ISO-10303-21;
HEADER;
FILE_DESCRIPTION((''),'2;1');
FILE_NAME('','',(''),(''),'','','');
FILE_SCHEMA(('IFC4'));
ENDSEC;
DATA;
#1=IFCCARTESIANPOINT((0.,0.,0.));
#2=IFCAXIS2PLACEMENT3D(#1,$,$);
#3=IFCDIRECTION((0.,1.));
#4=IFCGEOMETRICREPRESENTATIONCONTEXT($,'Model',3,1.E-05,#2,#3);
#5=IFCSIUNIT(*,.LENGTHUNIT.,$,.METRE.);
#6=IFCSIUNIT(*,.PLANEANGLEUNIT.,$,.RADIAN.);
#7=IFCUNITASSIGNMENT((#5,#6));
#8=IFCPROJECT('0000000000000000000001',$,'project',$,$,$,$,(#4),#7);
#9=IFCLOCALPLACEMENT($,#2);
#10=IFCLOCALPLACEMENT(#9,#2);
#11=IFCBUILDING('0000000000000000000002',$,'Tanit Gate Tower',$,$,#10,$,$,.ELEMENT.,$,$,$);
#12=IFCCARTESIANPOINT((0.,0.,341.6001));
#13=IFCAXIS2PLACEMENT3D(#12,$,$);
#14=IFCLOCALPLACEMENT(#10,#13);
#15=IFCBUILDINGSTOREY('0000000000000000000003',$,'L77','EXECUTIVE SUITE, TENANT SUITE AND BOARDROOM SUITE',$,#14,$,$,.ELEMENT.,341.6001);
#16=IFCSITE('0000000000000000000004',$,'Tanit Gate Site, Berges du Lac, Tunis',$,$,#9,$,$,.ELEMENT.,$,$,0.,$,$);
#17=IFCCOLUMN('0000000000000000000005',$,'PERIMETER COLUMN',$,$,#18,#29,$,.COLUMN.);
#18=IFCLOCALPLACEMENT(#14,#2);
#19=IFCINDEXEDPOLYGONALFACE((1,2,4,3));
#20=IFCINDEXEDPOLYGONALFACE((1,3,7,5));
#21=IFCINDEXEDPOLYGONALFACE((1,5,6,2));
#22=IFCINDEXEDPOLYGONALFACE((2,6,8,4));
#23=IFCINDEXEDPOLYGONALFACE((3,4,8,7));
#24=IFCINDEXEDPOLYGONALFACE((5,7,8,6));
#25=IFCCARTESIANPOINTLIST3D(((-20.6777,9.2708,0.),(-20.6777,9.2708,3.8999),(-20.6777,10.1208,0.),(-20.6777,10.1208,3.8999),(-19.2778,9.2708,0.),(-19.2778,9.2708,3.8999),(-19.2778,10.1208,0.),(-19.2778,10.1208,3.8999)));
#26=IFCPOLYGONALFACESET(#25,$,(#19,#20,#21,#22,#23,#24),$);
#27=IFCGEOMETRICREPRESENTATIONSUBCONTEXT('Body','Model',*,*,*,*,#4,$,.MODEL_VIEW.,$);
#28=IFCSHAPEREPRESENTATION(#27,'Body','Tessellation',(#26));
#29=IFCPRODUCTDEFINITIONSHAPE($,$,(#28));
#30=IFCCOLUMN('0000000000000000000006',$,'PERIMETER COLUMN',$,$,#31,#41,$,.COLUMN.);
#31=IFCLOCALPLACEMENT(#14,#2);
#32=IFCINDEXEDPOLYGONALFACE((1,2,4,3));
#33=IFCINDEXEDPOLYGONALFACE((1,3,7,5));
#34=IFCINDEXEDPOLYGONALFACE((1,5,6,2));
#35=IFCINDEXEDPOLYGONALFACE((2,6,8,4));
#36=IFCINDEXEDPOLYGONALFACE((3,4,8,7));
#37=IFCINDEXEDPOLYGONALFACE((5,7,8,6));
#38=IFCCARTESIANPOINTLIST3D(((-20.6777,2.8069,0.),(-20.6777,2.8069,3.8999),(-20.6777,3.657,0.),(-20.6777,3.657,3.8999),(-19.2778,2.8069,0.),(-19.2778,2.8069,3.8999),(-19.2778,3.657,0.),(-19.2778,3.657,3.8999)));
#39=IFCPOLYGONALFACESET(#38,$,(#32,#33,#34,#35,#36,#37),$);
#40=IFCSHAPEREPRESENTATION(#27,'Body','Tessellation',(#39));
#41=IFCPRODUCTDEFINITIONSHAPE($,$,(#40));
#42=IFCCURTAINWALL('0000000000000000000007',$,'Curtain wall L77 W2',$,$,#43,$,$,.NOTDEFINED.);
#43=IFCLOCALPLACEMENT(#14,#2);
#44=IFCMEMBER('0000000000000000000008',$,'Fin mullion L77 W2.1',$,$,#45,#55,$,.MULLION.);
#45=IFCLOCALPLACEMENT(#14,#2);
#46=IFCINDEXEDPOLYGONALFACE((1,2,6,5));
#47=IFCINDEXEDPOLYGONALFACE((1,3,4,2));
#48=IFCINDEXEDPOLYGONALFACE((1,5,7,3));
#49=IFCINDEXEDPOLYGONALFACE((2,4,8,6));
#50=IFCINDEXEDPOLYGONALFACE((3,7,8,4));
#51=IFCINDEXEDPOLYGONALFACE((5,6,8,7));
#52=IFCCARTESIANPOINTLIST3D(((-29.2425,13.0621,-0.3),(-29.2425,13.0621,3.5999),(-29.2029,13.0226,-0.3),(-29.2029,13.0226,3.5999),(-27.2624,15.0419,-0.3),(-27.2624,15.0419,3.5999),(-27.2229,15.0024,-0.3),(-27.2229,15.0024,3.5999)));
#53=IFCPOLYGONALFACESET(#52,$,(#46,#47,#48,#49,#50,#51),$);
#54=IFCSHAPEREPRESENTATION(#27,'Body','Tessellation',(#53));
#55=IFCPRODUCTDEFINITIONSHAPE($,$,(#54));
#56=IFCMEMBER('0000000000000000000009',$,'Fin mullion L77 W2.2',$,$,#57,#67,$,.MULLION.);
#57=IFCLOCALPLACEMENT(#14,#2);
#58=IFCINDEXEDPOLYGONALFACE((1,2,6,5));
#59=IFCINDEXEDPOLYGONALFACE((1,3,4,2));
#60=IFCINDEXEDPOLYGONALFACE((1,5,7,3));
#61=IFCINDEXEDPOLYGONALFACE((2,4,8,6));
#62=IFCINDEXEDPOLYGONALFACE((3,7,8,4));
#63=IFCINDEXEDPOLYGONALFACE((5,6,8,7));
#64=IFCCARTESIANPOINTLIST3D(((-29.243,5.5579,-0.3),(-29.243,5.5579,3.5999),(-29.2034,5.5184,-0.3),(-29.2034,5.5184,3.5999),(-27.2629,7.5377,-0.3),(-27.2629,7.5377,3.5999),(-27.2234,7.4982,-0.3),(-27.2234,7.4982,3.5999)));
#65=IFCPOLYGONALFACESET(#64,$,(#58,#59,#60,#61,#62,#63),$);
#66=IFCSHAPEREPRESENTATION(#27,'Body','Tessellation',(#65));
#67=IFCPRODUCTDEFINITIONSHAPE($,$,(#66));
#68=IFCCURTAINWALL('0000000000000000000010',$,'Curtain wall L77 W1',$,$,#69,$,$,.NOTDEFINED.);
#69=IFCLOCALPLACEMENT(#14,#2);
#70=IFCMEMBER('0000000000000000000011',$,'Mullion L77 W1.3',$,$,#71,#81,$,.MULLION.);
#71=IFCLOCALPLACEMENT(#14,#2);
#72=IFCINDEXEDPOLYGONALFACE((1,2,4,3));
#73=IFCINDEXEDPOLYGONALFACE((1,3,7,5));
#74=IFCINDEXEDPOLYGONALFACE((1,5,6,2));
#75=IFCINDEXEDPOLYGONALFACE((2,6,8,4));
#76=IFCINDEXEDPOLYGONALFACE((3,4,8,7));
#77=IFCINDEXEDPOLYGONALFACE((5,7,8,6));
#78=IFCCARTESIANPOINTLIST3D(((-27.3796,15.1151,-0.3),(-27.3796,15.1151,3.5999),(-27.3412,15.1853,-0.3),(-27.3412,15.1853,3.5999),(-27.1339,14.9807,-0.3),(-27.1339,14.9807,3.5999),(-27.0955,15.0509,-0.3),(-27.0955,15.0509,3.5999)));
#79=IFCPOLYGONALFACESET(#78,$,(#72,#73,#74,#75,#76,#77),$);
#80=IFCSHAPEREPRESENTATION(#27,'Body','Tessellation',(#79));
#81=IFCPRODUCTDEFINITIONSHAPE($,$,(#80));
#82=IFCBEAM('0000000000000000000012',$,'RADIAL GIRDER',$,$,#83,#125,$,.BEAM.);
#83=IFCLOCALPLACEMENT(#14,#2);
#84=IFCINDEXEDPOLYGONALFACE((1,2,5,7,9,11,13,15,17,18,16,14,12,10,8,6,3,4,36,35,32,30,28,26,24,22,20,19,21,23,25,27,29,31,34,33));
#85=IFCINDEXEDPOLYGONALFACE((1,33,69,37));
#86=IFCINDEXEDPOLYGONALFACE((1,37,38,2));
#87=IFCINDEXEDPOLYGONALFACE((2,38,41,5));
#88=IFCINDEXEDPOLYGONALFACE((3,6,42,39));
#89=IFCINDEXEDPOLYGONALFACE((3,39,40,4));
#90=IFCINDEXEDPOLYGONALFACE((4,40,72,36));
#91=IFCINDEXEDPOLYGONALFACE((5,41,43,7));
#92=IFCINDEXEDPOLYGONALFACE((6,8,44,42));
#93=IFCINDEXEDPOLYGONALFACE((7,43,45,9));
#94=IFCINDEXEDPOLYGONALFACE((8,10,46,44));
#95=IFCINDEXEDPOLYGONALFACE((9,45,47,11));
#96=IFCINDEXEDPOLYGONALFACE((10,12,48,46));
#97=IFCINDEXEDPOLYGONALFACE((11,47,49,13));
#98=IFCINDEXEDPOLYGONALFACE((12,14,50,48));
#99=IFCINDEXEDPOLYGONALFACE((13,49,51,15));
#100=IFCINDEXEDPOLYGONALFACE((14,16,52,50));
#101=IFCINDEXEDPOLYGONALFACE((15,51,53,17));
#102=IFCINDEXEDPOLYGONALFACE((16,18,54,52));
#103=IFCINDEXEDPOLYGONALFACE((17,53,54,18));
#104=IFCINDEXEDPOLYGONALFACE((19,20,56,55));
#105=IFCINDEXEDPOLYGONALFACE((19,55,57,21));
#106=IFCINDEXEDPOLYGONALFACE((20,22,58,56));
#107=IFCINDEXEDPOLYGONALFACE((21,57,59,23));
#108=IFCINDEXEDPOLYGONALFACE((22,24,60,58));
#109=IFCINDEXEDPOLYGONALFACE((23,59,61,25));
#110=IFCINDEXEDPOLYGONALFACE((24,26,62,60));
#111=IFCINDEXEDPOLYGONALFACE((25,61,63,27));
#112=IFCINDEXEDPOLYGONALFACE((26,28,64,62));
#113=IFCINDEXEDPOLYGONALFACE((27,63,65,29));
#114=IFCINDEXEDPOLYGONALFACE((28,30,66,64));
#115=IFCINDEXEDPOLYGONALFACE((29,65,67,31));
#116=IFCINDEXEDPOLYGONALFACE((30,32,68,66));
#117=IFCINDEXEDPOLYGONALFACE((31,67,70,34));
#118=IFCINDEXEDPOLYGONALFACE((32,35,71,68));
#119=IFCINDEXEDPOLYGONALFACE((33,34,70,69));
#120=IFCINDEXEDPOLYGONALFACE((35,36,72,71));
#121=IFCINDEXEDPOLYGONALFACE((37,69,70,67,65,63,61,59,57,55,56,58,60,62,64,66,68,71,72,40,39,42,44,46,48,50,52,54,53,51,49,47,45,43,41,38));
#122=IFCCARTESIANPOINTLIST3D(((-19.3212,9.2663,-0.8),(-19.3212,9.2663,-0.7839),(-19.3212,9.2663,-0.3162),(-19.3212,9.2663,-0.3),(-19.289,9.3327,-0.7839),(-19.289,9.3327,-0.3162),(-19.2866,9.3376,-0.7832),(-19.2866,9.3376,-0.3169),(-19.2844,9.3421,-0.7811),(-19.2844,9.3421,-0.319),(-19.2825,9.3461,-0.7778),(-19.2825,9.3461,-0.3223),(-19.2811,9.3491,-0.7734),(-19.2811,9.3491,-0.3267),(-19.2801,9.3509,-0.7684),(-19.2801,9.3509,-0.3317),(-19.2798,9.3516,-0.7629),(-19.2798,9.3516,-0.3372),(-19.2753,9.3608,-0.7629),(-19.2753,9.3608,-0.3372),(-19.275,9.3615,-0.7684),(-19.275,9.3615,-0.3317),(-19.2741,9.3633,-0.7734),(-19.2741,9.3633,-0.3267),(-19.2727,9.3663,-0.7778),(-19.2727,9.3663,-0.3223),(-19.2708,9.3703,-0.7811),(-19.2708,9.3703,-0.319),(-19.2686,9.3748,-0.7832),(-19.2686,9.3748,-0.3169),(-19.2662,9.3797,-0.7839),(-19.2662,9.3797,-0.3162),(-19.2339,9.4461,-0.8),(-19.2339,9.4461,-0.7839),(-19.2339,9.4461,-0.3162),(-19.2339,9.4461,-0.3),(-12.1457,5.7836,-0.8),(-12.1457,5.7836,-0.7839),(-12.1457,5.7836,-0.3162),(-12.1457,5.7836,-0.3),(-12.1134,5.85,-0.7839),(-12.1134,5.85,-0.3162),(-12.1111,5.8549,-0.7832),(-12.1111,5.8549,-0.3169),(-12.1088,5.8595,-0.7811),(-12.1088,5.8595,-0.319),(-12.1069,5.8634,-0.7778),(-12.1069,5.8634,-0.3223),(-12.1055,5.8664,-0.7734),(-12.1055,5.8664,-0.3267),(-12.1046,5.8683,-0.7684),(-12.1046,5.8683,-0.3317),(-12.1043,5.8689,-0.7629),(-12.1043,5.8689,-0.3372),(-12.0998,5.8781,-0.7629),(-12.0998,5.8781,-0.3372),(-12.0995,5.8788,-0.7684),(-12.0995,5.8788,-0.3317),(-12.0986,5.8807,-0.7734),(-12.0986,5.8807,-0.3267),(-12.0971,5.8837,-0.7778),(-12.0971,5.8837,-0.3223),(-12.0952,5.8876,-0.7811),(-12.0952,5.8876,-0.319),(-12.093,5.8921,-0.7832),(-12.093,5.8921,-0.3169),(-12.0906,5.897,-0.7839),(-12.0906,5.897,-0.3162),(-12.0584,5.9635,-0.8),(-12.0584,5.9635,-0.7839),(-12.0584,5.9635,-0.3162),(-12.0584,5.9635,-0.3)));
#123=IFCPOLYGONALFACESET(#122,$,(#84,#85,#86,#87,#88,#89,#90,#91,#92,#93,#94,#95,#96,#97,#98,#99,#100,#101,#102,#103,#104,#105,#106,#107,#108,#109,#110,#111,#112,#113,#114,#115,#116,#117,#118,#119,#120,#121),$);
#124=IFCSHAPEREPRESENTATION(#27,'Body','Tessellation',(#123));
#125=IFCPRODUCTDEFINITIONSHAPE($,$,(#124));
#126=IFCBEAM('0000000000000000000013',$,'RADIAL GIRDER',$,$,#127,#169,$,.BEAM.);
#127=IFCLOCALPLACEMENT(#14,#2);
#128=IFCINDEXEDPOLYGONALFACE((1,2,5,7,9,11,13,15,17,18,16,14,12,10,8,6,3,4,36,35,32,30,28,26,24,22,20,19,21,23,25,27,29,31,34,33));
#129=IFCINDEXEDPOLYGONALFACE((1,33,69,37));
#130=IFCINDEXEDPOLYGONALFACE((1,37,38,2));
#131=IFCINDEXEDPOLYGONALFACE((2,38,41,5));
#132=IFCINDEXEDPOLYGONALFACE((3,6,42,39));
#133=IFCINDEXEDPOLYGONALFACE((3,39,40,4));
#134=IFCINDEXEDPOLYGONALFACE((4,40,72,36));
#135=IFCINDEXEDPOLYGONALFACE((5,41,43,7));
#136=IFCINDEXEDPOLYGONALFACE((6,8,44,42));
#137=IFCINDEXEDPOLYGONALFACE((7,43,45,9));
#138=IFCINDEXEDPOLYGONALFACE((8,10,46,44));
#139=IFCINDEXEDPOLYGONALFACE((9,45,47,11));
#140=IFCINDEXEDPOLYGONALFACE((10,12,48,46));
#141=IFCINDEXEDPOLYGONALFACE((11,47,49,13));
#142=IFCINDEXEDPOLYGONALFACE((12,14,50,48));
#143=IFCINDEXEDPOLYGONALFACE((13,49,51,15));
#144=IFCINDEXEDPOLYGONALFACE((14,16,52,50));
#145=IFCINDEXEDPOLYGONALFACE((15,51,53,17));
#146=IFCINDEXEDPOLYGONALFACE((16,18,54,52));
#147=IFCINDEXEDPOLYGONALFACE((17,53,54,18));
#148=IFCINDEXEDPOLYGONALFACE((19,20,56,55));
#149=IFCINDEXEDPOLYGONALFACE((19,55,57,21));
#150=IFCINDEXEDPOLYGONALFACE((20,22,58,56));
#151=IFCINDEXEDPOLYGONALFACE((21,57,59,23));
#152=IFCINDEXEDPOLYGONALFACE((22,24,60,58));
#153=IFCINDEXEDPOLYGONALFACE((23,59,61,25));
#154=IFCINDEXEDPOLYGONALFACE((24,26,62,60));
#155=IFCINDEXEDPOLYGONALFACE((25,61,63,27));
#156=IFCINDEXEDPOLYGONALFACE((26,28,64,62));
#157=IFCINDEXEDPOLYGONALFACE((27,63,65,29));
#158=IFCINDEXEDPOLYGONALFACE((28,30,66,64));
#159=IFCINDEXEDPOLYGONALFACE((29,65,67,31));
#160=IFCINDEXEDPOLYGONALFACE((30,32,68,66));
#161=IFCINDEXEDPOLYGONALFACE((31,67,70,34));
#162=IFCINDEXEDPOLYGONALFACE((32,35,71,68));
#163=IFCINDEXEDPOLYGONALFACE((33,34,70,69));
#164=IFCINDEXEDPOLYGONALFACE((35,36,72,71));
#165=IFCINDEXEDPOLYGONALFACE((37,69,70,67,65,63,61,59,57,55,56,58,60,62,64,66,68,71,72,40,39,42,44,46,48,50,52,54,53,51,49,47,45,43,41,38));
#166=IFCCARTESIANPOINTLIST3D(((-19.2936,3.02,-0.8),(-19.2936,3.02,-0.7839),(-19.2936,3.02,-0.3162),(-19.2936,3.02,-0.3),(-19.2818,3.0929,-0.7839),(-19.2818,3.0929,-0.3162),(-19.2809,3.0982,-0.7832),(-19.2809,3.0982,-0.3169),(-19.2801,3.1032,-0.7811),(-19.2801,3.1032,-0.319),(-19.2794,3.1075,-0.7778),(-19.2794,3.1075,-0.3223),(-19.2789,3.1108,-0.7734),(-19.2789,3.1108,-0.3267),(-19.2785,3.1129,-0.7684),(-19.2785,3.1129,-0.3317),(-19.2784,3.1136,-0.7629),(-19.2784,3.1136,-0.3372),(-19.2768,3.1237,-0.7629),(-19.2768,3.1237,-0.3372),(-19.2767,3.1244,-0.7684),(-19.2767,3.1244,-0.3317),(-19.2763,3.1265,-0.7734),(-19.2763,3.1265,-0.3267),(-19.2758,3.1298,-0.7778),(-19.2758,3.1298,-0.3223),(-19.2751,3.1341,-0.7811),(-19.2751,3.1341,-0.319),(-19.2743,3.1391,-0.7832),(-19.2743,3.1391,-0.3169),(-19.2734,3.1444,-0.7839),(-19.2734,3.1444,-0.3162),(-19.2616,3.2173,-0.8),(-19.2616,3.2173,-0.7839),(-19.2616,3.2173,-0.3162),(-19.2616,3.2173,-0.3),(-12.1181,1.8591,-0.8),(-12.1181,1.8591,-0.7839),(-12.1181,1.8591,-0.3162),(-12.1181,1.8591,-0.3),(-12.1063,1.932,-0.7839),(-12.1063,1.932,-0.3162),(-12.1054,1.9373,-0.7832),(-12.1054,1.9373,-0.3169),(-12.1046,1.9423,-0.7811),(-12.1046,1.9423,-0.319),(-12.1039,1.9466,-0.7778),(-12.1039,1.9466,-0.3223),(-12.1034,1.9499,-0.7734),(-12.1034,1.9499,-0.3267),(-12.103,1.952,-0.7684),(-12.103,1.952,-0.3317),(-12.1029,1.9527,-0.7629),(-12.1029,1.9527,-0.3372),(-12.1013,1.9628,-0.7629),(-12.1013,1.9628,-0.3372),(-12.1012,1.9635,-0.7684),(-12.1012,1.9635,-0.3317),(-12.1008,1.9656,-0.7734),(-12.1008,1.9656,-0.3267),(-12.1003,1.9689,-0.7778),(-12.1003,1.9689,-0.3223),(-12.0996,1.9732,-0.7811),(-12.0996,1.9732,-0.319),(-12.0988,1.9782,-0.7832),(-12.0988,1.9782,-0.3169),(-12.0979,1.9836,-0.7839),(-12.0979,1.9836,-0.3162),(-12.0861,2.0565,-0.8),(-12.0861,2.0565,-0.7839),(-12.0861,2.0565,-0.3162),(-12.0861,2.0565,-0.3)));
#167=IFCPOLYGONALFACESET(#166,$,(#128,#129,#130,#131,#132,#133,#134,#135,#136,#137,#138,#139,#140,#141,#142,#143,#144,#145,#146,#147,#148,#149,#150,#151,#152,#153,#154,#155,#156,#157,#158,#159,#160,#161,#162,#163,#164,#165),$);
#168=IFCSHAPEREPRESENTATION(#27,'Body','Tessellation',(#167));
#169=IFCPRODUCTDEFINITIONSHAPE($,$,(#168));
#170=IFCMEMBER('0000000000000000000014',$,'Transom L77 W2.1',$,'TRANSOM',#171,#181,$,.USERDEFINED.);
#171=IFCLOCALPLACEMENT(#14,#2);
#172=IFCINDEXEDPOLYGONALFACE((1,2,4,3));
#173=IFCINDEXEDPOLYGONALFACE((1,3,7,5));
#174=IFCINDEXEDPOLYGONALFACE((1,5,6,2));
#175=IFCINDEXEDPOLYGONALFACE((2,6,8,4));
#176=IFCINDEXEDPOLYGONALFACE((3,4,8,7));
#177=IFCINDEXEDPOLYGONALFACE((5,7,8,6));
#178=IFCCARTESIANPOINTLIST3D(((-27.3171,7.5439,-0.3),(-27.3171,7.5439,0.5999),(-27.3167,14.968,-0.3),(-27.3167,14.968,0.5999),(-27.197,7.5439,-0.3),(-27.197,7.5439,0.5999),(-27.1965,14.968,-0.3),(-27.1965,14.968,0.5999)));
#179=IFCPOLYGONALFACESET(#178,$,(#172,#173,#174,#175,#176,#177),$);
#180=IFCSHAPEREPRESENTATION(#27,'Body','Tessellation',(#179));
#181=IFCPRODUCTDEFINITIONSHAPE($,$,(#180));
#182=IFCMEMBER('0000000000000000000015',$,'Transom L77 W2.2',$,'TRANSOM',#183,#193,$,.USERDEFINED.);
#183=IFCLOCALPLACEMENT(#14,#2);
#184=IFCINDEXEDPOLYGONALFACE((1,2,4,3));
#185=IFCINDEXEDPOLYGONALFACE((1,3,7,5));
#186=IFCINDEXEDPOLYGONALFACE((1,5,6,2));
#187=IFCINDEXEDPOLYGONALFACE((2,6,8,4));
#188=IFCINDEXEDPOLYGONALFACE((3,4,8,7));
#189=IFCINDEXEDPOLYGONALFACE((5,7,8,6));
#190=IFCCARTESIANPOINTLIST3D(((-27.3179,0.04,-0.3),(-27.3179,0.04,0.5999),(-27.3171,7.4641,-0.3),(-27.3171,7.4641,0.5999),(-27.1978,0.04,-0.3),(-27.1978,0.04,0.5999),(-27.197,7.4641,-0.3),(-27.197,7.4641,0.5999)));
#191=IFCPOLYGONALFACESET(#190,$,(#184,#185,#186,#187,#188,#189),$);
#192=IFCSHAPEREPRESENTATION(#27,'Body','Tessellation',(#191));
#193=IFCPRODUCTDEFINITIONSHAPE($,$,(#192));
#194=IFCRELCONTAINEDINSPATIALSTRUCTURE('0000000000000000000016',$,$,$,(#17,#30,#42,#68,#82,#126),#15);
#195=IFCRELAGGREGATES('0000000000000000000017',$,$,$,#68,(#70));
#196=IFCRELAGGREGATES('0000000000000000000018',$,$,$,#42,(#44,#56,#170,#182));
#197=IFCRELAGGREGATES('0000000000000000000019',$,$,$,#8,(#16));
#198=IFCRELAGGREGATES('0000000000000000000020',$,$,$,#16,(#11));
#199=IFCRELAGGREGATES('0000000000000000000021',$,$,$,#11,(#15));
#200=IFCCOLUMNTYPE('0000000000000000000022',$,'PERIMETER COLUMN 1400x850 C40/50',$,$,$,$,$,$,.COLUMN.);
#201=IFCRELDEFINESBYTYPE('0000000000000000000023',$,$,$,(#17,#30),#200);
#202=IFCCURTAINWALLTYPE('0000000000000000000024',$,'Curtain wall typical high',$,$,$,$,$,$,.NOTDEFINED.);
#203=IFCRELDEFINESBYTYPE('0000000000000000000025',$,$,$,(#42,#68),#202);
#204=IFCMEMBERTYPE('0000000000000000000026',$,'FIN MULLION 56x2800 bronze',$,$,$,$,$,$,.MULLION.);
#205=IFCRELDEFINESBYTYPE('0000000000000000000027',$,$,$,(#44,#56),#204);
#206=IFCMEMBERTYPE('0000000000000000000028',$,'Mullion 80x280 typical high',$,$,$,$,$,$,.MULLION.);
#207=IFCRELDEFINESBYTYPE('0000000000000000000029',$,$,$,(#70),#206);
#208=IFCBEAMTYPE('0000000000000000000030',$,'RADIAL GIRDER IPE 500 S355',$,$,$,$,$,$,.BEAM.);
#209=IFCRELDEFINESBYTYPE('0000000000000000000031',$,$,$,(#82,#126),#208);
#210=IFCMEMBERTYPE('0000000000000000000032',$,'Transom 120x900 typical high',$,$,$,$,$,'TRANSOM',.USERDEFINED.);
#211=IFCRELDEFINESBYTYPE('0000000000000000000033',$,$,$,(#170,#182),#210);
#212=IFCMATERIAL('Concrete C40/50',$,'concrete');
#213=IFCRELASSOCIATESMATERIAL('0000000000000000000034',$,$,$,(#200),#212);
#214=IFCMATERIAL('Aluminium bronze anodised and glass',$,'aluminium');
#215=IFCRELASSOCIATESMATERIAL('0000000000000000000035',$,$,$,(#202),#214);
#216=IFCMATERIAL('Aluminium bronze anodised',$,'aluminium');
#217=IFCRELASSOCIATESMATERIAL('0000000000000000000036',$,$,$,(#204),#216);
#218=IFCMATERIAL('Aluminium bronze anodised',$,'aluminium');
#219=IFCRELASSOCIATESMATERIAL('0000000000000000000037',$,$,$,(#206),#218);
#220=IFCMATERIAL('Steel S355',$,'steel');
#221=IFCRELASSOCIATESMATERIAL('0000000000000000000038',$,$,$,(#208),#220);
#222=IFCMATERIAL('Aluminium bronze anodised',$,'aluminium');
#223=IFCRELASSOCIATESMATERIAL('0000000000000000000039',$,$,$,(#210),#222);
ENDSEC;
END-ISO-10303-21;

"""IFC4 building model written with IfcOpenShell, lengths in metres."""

from ifc_helpers import new_model, si_unit, direction, frame, origin, origin_2d, place, context, subcontext, project, spatial, rectangle, i_section, extrude, material, material_profile, profile_set, type_object, element, aggregate, save


model = new_model("IFC4")

# Units and contexts
model_context = context("Model", 3, precision=1e-05, world=origin(), true_north=direction((0.0, 1.0)))
body_context = subcontext(model_context, "Body", "Model", "MODEL_VIEW")
ifc_project = project(units=[si_unit("LENGTHUNIT", "METRE"), si_unit("PLANEANGLEUNIT", "RADIAN")], contexts=[model_context])

# Site, building, storey
site_placement = place(None, origin())
site = spatial("IfcSite", under=ifc_project, at=site_placement, Name="Tanit Gate Site, Berges du Lac, Tunis", CompositionType="ELEMENT", RefElevation=0.0)
building_placement = place(site_placement, origin())
building = spatial("IfcBuilding", under=site, at=building_placement, Name="Tanit Gate Tower", CompositionType="ELEMENT")
storey_placement = place(building_placement, frame((0.0, 0.0, 341.6001)))
storey = spatial("IfcBuildingStorey", under=building, at=storey_placement, Name="L77", Description="EXECUTIVE SUITE, TENANT SUITE AND BOARDROOM SUITE", CompositionType="ELEMENT", Elevation=341.6001)

# Columns
ifc_material_1 = material(Name="Concrete C40/50", Category="concrete")
ifc_material_profile_1 = material_profile(ifc_material_1, rectangle(XDim=1.3999, YDim=0.8501, at=origin_2d()), Name="RC 1400x850")
ifc_profile_set_1 = profile_set([ifc_material_profile_1], Name="Concrete C40/50")
column_type = type_object("IfcColumnType", Name="PERIMETER COLUMN 1400x850 C40/50", PredefinedType="COLUMN", material=ifc_profile_set_1)
for number, where, z_axis, x_axis, name in (
    (1, (-19.9778, 9.6958, 0.0), (0.0, 0.0, 1.0), (-1.0, 0.0, 0.0), "PERIMETER COLUMN"),
    (2, (-19.9778, 3.2319, 0.0), (0.0, 0.0, 1.0), (-1.0, 0.0, 0.0), "PERIMETER COLUMN"),
):
    element("IfcColumn", number, at=place(storey_placement, frame(where, z_axis=z_axis, x_axis=x_axis)), inside=storey, type_object=column_type, Name=name, PredefinedType="COLUMN", context=body_context, shape_type="SweptSolid", body=[
        extrude(rectangle(XDim=1.3999, YDim=0.8501, at=origin_2d()), origin(), (0.0, 0.0, 1.0), 3.8999),
    ])

# Curtain wall, members
ifc_material_2 = material(Name="Aluminium bronze anodised and glass", Category="aluminium")
curtain_wall_type = type_object("IfcCurtainWallType", Name="Curtain wall typical high", PredefinedType="NOTDEFINED", material=ifc_material_2)
curtain_wall_1_placement = place(storey_placement, origin())
curtain_wall_1 = element("IfcCurtainWall", 3, at=curtain_wall_1_placement, inside=storey, type_object=curtain_wall_type, Name="Curtain wall L77 W2", PredefinedType="NOTDEFINED")
ifc_material_3 = material(Name="Aluminium bronze anodised", Category="aluminium")
ifc_material_profile_2 = material_profile(ifc_material_3, rectangle(XDim=2.8, YDim=0.0559, at=origin_2d()), Name="56x2800 bronze fin mullion")
ifc_profile_set_2 = profile_set([ifc_material_profile_2], Name="Aluminium bronze anodised")
member_type_1 = type_object("IfcMemberType", Name="FIN MULLION 56x2800 bronze", PredefinedType="MULLION", material=ifc_profile_set_2)
member_1_placement = place(storey_placement, frame((-28.2327, 14.0322, -0.3), z_axis=(0.0, 0.0, 1.0), x_axis=(0.707156, 0.707058, 0.0)))
member_1 = element("IfcMember", 4, at=member_1_placement, type_object=member_type_1, Name="Fin mullion L77 W2.1", PredefinedType="MULLION", context=body_context, shape_type="SweptSolid", body=[
    extrude(rectangle(XDim=2.8, YDim=0.0559, at=origin_2d()), origin(), (0.0, 0.0, 1.0), 3.8999),
])
member_2_placement = place(storey_placement, frame((-28.2332, 6.5281, -0.3), z_axis=(0.0, 0.0, 1.0), x_axis=(0.707156, 0.707058, 0.0)))
member_2 = element("IfcMember", 5, at=member_2_placement, type_object=member_type_1, Name="Fin mullion L77 W2.2", PredefinedType="MULLION", context=body_context, shape_type="SweptSolid", body=[
    extrude(rectangle(XDim=2.8, YDim=0.0559, at=origin_2d()), origin(), (0.0, 0.0, 1.0), 3.8999),
])

# Curtain wall, member
curtain_wall_2_placement = place(storey_placement, origin())
curtain_wall_2 = element("IfcCurtainWall", 6, at=curtain_wall_2_placement, inside=storey, type_object=curtain_wall_type, Name="Curtain wall L77 W1", PredefinedType="NOTDEFINED")
ifc_material_4 = material(Name="Aluminium bronze anodised", Category="aluminium")
ifc_material_profile_3 = material_profile(ifc_material_4, rectangle(XDim=0.28, YDim=0.0801, at=origin_2d()), Name="80x280 bronze mullion")
ifc_profile_set_3 = profile_set([ifc_material_profile_3], Name="Aluminium bronze anodised")
member_type_2 = type_object("IfcMemberType", Name="Mullion 80x280 typical high", PredefinedType="MULLION", material=ifc_profile_set_3)
member_3_placement = place(storey_placement, frame((-27.2375, 15.083, -0.3), z_axis=(0.0, 0.0, 1.0), x_axis=(0.877315, -0.479914, 0.0)))
member_3 = element("IfcMember", 7, at=member_3_placement, type_object=member_type_2, Name="Mullion L77 W1.3", PredefinedType="MULLION", context=body_context, shape_type="SweptSolid", body=[
    extrude(rectangle(XDim=0.28, YDim=0.0801, at=origin_2d()), origin(), (0.0, 0.0, 1.0), 3.8999),
])
aggregate(curtain_wall_2, [member_3])

# Beams
ifc_material_5 = material(Name="Steel S355", Category="steel")
ifc_material_profile_4 = material_profile(ifc_material_5, i_section(OverallWidth=0.2, OverallDepth=0.5, WebThickness=0.0103, FlangeThickness=0.0161, FilletRadius=0.021, at=origin_2d()), Name="IPE 500")
ifc_profile_set_4 = profile_set([ifc_material_profile_4], Name="Steel S355")
beam_type = type_object("IfcBeamType", Name="RADIAL GIRDER IPE 500 S355", PredefinedType="BEAM", material=ifc_profile_set_4)
beam_1_placement = place(storey_placement, frame((-19.2776, 9.3562, -0.55), z_axis=(0.899636, -0.436641, 0.0), x_axis=(0.436641, 0.899636, 0.0)))
element("IfcBeam", 8, at=beam_1_placement, inside=storey, type_object=beam_type, Name="RADIAL GIRDER", PredefinedType="BEAM", context=body_context, shape_type="SweptSolid", body=[
    extrude(i_section(OverallWidth=0.2, OverallDepth=0.5, WebThickness=0.0103, FlangeThickness=0.0161, FilletRadius=0.021, at=origin_2d()), origin(), (0.0, 0.0, 1.0), 7.9761),
])
beam_2_placement = place(storey_placement, frame((-19.2776, 3.1187, -0.55), z_axis=(0.987164, -0.159708, 0.0), x_axis=(0.159708, 0.987164, 0.0)))
element("IfcBeam", 9, at=beam_2_placement, inside=storey, type_object=beam_type, Name="RADIAL GIRDER", PredefinedType="BEAM", context=body_context, shape_type="SweptSolid", body=[
    extrude(i_section(OverallWidth=0.2, OverallDepth=0.5, WebThickness=0.0103, FlangeThickness=0.0161, FilletRadius=0.021, at=origin_2d()), origin(), (0.0, 0.0, 1.0), 7.2688),
])

# Members
ifc_material_6 = material(Name="Aluminium bronze anodised", Category="aluminium")
ifc_material_profile_5 = material_profile(ifc_material_6, rectangle(XDim=0.1201, YDim=0.8999, at=origin_2d()), Name="120x900 bronze transom")
ifc_profile_set_5 = profile_set([ifc_material_profile_5], Name="Aluminium bronze anodised")
member_type_3 = type_object("IfcMemberType", Name="Transom 120x900 typical high", ElementType="TRANSOM", PredefinedType="USERDEFINED", material=ifc_profile_set_5)
member_4_placement = place(storey_placement, frame((-27.2566, 14.968, 0.1499), z_axis=(-0.000066, -1.0, 0.0), x_axis=(1.0, -0.000066, 0.0)))
member_4 = element("IfcMember", 10, at=member_4_placement, type_object=member_type_3, Name="Transom L77 W2.1", ObjectType="TRANSOM", PredefinedType="USERDEFINED", context=body_context, shape_type="SweptSolid", body=[
    extrude(rectangle(XDim=0.1201, YDim=0.8999, at=origin_2d()), origin(), (0.0, 0.0, 1.0), 7.4241),
])
member_5_placement = place(storey_placement, frame((-27.2571, 7.4641, 0.1499), z_axis=(-0.000099, -1.0, 0.0), x_axis=(1.0, -0.000099, 0.0)))
member_5 = element("IfcMember", 11, at=member_5_placement, type_object=member_type_3, Name="Transom L77 W2.2", ObjectType="TRANSOM", PredefinedType="USERDEFINED", context=body_context, shape_type="SweptSolid", body=[
    extrude(rectangle(XDim=0.1201, YDim=0.8999, at=origin_2d()), origin(), (0.0, 0.0, 1.0), 7.4241),
])

aggregate(curtain_wall_1, [member_1, member_2, member_4, member_5])

save(model, "model.ifc")
